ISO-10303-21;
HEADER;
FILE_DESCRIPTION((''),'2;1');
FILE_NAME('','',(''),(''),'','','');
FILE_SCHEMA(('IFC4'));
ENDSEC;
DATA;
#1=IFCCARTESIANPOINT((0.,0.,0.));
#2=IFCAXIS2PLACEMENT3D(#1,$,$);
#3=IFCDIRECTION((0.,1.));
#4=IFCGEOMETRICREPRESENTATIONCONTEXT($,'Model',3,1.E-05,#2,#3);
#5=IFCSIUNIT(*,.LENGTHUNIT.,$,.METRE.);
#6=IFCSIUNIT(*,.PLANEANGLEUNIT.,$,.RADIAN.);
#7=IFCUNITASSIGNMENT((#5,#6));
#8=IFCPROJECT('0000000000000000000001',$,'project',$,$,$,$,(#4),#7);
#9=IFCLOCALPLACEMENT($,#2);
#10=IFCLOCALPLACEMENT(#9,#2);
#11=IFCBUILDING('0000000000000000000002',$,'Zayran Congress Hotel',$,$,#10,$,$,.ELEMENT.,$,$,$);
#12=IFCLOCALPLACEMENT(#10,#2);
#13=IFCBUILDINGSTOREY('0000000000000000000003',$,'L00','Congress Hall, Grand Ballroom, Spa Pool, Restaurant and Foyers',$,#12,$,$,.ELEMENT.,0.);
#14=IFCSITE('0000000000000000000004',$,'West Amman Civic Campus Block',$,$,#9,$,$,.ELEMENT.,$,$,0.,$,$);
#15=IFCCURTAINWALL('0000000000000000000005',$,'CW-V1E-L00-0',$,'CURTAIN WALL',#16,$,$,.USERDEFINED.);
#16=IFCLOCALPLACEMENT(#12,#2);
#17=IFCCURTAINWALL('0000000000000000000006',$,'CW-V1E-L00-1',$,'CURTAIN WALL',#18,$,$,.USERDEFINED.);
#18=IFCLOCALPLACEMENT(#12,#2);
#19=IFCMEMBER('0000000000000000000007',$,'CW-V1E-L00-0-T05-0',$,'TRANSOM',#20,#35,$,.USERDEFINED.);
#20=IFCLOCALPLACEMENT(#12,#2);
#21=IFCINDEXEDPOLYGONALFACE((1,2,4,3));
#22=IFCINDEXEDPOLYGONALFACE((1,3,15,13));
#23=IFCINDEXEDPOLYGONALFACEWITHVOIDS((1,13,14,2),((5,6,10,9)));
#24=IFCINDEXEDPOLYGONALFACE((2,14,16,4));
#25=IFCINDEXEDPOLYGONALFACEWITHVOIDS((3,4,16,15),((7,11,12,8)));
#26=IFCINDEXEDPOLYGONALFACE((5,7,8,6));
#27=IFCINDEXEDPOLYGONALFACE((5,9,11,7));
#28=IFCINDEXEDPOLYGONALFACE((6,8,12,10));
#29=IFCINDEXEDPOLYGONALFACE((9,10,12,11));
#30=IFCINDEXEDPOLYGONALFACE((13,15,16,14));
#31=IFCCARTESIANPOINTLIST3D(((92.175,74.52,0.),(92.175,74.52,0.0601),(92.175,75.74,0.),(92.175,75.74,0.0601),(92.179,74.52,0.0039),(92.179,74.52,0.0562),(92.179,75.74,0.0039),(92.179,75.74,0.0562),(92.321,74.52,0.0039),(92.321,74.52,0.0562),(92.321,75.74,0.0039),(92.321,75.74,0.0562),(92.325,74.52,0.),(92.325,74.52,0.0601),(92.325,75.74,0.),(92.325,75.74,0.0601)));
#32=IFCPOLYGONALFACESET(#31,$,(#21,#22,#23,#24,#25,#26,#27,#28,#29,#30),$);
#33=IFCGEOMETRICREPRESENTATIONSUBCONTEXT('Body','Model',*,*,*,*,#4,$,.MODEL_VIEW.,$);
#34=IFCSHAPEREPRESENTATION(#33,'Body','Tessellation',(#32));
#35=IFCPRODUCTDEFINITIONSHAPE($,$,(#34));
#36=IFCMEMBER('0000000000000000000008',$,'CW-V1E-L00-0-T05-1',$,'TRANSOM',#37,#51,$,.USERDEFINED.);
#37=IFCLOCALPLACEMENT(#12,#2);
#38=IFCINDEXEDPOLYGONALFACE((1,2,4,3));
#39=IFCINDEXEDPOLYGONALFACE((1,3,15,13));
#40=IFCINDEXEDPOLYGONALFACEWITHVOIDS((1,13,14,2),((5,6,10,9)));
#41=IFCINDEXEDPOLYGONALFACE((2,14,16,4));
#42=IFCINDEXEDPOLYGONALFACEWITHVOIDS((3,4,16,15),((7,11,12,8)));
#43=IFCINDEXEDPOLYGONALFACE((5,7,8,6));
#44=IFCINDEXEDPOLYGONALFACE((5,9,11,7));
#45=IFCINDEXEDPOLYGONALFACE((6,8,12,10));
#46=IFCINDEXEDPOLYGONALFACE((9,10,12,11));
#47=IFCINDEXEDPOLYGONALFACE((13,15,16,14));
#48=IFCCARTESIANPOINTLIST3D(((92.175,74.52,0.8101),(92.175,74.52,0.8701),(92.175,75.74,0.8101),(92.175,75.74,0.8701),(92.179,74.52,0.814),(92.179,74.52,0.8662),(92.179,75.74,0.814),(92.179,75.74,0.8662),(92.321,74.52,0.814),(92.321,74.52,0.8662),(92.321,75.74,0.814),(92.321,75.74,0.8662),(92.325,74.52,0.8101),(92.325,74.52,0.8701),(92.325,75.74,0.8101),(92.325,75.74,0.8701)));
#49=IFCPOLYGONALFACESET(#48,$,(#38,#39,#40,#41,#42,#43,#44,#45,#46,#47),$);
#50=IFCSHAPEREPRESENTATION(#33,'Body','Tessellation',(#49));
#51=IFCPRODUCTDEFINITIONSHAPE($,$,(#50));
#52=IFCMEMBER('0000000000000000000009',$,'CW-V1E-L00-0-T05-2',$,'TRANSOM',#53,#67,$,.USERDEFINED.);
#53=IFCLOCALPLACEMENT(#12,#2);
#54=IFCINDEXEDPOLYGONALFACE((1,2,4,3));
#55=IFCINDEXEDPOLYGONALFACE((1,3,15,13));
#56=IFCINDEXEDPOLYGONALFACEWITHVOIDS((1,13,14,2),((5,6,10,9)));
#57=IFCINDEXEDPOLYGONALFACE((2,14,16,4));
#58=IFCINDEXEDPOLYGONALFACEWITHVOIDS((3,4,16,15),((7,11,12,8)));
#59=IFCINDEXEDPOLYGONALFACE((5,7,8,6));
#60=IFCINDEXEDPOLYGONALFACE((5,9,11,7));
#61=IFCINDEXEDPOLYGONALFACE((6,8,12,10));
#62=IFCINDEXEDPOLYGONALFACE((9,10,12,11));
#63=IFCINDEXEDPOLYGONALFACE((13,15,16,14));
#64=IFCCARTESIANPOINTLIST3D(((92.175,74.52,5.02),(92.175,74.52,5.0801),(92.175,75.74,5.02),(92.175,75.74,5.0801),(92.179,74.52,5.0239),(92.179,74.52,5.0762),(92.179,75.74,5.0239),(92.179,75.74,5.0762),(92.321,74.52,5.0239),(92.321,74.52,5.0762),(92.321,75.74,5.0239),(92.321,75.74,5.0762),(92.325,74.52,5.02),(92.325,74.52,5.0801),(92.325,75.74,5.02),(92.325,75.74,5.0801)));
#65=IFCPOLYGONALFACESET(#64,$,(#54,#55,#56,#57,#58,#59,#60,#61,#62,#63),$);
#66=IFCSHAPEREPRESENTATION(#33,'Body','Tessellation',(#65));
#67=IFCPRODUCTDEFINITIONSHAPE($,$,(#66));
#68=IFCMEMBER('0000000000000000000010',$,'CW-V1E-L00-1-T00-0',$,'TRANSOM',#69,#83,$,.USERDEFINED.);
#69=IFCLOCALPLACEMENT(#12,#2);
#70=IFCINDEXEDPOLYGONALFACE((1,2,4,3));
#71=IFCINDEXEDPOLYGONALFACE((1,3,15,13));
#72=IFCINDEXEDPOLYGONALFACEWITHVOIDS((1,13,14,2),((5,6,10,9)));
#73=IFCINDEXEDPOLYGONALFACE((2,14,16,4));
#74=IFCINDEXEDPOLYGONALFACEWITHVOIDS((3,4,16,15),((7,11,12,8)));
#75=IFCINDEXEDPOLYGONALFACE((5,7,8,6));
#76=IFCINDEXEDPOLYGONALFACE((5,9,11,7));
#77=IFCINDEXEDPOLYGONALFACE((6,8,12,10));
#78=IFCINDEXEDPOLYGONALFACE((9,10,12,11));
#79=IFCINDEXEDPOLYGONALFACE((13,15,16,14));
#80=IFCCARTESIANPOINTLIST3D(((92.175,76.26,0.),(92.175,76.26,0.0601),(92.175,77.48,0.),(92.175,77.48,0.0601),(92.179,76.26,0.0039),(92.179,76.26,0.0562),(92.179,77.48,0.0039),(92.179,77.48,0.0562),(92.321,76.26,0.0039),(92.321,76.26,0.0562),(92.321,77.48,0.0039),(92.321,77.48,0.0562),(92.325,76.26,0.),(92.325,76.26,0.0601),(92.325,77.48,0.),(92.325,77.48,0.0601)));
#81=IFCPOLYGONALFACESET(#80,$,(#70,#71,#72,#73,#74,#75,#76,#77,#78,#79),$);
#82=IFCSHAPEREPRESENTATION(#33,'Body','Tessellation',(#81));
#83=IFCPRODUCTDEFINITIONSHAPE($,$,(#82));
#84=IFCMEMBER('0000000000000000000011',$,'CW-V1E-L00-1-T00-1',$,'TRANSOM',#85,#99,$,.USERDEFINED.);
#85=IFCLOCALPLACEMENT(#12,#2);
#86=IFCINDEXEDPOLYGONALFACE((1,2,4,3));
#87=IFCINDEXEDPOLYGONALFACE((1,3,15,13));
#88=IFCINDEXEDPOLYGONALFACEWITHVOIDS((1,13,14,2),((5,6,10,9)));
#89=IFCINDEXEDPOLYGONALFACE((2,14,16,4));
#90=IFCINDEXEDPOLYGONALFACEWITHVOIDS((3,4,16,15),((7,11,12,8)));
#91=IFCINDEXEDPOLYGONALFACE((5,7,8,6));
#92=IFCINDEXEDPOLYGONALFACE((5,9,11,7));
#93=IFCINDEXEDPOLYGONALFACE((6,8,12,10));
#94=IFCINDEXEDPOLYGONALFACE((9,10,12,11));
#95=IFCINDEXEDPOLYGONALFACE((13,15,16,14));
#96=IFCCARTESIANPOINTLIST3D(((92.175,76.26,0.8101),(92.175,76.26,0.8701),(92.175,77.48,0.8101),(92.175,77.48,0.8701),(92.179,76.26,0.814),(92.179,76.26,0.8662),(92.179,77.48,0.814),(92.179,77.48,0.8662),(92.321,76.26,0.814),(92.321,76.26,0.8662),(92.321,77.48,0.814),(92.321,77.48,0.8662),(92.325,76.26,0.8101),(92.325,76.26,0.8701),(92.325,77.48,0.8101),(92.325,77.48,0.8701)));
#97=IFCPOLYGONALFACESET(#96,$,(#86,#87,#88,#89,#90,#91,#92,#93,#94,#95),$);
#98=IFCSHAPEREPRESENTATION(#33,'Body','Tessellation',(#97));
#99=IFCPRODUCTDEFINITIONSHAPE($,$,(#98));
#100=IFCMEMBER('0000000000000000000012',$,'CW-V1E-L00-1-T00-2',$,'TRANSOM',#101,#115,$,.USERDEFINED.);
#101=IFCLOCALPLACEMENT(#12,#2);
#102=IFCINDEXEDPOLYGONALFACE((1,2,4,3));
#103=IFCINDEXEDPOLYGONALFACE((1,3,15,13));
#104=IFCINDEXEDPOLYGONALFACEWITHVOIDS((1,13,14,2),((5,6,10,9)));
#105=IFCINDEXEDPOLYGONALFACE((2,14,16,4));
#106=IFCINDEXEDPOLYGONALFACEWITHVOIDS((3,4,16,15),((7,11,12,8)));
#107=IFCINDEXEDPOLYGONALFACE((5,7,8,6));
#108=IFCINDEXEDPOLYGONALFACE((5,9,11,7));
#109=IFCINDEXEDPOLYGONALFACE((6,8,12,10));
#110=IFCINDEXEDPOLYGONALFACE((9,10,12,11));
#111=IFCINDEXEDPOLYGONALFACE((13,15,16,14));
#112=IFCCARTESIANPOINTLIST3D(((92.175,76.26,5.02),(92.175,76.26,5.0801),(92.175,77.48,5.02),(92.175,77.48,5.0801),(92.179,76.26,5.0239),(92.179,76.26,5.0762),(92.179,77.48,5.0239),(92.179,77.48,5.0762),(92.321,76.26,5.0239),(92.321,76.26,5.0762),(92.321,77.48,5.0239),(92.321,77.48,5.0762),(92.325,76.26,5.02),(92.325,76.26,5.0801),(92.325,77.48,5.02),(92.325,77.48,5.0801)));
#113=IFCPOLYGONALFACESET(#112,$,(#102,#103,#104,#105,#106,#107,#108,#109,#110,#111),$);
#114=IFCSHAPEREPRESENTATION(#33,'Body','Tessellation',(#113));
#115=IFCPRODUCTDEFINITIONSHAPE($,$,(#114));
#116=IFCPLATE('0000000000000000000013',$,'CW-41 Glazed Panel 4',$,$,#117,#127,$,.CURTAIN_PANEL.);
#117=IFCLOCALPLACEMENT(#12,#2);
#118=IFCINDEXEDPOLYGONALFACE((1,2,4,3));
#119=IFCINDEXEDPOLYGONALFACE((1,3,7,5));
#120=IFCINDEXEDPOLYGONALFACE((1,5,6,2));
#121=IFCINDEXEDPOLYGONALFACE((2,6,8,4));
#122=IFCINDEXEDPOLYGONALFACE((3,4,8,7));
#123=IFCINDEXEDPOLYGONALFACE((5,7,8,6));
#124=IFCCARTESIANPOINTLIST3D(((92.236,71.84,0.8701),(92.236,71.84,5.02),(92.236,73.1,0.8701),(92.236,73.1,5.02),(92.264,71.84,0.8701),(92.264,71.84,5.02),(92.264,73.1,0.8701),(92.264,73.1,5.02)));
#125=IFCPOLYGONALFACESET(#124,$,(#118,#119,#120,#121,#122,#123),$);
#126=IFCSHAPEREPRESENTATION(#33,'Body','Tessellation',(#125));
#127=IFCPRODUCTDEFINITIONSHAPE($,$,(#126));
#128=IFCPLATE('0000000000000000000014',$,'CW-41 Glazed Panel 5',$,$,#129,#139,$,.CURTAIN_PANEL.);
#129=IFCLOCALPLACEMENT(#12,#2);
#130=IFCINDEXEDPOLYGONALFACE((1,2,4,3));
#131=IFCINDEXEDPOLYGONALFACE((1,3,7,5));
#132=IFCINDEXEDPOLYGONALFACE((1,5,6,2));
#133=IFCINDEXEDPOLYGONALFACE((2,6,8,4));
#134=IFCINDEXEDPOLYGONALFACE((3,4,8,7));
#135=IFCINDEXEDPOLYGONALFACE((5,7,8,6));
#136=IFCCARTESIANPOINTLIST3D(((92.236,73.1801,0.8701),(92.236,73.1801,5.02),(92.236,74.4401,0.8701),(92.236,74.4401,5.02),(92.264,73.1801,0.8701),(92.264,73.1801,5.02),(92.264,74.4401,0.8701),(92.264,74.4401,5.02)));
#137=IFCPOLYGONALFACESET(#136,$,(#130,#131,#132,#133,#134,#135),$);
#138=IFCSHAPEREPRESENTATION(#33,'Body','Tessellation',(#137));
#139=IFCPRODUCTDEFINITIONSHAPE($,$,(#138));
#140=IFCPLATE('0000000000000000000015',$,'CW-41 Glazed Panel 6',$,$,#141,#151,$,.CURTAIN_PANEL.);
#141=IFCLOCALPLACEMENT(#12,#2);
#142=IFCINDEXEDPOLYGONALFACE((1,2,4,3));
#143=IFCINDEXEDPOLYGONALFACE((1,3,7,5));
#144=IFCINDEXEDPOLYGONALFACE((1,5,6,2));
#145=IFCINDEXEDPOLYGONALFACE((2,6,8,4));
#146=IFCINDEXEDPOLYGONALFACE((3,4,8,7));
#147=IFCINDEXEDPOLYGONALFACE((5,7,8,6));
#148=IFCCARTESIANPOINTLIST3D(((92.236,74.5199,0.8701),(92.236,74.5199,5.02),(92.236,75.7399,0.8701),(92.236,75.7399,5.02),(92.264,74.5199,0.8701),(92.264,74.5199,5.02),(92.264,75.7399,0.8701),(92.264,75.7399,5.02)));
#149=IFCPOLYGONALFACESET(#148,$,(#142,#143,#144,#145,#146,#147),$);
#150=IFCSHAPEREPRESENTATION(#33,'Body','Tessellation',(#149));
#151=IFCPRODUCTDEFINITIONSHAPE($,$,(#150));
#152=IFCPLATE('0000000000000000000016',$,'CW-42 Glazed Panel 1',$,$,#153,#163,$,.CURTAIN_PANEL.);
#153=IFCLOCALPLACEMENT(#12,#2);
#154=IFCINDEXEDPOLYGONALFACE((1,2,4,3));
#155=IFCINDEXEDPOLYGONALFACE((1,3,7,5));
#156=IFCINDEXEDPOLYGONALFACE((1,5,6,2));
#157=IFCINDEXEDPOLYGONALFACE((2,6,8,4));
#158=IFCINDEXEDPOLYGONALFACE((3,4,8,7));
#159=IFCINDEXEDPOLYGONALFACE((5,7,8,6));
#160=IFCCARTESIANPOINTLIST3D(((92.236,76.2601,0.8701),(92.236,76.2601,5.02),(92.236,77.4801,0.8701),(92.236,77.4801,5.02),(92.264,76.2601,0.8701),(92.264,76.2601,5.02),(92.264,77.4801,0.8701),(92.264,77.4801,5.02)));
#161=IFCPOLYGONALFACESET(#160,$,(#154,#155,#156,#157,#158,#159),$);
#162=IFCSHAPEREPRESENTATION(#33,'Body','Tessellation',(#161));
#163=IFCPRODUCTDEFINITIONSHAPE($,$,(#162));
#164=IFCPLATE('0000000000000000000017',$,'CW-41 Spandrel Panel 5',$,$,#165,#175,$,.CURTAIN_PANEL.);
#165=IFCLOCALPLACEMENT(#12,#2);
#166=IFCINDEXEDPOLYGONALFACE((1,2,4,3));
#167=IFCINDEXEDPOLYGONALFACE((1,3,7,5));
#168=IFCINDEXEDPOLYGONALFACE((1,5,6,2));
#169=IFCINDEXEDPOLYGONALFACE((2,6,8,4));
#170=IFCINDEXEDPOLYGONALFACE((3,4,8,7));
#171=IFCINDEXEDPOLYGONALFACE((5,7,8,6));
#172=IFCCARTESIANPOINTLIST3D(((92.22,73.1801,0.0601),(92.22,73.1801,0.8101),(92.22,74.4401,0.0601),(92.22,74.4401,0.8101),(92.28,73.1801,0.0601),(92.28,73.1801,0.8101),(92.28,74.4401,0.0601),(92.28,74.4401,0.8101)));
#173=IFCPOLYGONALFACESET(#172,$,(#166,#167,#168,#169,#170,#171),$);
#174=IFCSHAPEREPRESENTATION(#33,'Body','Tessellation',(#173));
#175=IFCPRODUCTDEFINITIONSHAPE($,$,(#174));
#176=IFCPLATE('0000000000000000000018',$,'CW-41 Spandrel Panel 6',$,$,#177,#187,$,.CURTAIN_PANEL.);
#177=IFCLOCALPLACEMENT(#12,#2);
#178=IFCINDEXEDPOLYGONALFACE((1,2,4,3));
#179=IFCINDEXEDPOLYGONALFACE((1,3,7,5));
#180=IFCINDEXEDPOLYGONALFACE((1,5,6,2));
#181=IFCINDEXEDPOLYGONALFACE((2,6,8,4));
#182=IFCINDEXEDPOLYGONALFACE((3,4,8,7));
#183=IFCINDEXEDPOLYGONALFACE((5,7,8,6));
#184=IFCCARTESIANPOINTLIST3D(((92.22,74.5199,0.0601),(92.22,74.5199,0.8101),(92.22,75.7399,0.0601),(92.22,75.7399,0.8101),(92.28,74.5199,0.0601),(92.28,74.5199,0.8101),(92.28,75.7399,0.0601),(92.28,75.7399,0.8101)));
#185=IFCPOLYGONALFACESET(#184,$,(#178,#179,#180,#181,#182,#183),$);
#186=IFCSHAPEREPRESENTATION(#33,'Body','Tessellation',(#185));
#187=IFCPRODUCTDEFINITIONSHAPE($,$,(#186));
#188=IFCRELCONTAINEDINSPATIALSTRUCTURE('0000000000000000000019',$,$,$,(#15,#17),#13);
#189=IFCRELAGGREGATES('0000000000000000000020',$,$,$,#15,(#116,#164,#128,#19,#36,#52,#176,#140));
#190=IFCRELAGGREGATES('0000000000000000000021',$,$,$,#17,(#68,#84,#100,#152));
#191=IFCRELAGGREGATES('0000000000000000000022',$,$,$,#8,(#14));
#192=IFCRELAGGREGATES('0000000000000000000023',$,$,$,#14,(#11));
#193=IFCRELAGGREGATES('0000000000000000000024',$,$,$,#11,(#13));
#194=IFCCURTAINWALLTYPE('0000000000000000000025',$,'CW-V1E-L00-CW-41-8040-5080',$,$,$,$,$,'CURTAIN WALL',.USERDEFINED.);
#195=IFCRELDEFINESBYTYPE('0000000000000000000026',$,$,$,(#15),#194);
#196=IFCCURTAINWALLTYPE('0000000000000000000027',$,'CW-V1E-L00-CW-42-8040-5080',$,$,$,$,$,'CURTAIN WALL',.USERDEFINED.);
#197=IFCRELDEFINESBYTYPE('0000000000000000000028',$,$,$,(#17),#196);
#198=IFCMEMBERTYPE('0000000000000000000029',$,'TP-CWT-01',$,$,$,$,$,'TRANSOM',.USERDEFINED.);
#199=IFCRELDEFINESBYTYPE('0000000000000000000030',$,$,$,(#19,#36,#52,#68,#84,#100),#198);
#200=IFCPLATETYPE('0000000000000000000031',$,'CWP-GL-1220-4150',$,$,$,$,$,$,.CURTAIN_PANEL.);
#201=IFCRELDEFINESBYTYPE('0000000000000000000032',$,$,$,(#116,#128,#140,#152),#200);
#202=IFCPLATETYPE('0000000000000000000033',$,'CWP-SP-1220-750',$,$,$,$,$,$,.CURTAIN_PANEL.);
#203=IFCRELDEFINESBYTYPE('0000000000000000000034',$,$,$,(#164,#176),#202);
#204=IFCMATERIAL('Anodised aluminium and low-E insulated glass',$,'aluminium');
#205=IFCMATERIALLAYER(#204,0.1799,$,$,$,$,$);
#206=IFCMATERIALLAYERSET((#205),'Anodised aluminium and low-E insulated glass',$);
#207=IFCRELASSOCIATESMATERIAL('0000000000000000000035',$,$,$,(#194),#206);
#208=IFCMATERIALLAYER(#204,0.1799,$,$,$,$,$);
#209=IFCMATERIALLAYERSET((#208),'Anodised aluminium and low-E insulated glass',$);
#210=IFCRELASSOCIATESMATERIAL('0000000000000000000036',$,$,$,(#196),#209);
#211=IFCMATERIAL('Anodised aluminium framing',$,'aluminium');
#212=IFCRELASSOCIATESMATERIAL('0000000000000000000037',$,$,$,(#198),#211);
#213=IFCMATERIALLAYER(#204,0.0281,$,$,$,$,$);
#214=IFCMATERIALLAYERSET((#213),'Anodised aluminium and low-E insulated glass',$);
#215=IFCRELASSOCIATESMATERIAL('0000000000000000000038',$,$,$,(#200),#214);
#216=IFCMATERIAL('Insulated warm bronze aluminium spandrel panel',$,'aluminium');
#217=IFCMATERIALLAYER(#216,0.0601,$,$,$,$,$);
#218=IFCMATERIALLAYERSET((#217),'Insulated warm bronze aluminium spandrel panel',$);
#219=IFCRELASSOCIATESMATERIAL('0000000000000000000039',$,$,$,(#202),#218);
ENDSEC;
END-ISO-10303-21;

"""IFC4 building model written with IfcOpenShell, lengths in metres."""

from ifc_helpers import new_model, si_unit, direction, frame, origin, origin_2d, place, context, subcontext, project, spatial, rectangle, hollow_rectangle, extrude, material, layer, layer_set, material_profile, profile_set, type_object, element, aggregate, save


model = new_model("IFC4")

# Units and contexts
model_context = context("Model", 3, precision=1e-05, world=origin(), true_north=direction((0.0, 1.0)))
body_context = subcontext(model_context, "Body", "Model", "MODEL_VIEW")
ifc_project = project(units=[si_unit("LENGTHUNIT", "METRE"), si_unit("PLANEANGLEUNIT", "RADIAN")], contexts=[model_context])

# Site, building, storey
site_placement = place(None, origin())
site = spatial("IfcSite", under=ifc_project, at=site_placement, Name="West Amman Civic Campus Block", CompositionType="ELEMENT", RefElevation=0.0)
building_placement = place(site_placement, origin())
building = spatial("IfcBuilding", under=site, at=building_placement, Name="Zayran Congress Hotel", CompositionType="ELEMENT")
storey_placement = place(building_placement, origin())
storey = spatial("IfcBuildingStorey", under=building, at=storey_placement, Name="L00", Description="Congress Hall, Grand Ballroom, Spa Pool, Restaurant and Foyers", CompositionType="ELEMENT", Elevation=0.0)

# Curtain wall
ifc_material_1 = material(Name="Anodised aluminium and low-E insulated glass", Category="aluminium")
ifc_layer_1 = layer(ifc_material_1, 0.1799)
ifc_layer_set_1 = layer_set([ifc_layer_1], Name="Anodised aluminium and low-E insulated glass")
curtain_wall_type_1 = type_object("IfcCurtainWallType", Name="CW-V1E-L00-CW-41-8040-5080", ElementType="CURTAIN WALL", PredefinedType="USERDEFINED", material=ifc_layer_set_1)
curtain_wall_1_placement = place(storey_placement, origin())
curtain_wall_1 = element("IfcCurtainWall", 1, at=curtain_wall_1_placement, inside=storey, type_object=curtain_wall_type_1, Name="CW-V1E-L00-0", ObjectType="CURTAIN WALL", PredefinedType="USERDEFINED")
ifc_material_2 = material(Name="Anodised aluminium framing", Category="aluminium")

# Curtain wall
ifc_layer_2 = layer(ifc_material_1, 0.1799)
ifc_layer_set_2 = layer_set([ifc_layer_2], Name="Anodised aluminium and low-E insulated glass")
curtain_wall_type_2 = type_object("IfcCurtainWallType", Name="CW-V1E-L00-CW-42-8040-5080", ElementType="CURTAIN WALL", PredefinedType="USERDEFINED", material=ifc_layer_set_2)
curtain_wall_2_placement = place(storey_placement, origin())
curtain_wall_2 = element("IfcCurtainWall", 2, at=curtain_wall_2_placement, inside=storey, type_object=curtain_wall_type_2, Name="CW-V1E-L00-1", ObjectType="CURTAIN WALL", PredefinedType="USERDEFINED")

# Members
ifc_material_profile_1 = material_profile(ifc_material_2, hollow_rectangle(XDim=0.0601, YDim=0.1499, WallThickness=0.0039, at=origin_2d()), Name="RHS 150x60x4")
ifc_profile_set_1 = profile_set([ifc_material_profile_1], Name="Anodised aluminium framing")
member_type_1 = type_object("IfcMemberType", Name="TP-CWT-01", ElementType="TRANSOM", PredefinedType="USERDEFINED", material=ifc_profile_set_1)
member_1_placement = place(storey_placement, frame((92.25, 74.52, 0.03), z_axis=(0.0, 1.0, 0.0), x_axis=(0.0, 0.0, 1.0)))
member_1 = element("IfcMember", 3, at=member_1_placement, type_object=member_type_1, Name="CW-V1E-L00-0-T05-0", ObjectType="TRANSOM", PredefinedType="USERDEFINED", context=body_context, shape_type="SweptSolid", body=[
    extrude(hollow_rectangle(XDim=0.0601, YDim=0.1499, WallThickness=0.0039, at=origin_2d()), origin(), (0.0, 0.0, 1.0), 1.22),
])
member_2_placement = place(storey_placement, frame((92.25, 74.52, 0.8401), z_axis=(0.0, 1.0, 0.0), x_axis=(0.0, 0.0, 1.0)))
member_2 = element("IfcMember", 4, at=member_2_placement, type_object=member_type_1, Name="CW-V1E-L00-0-T05-1", ObjectType="TRANSOM", PredefinedType="USERDEFINED", context=body_context, shape_type="SweptSolid", body=[
    extrude(hollow_rectangle(XDim=0.0601, YDim=0.1499, WallThickness=0.0039, at=origin_2d()), origin(), (0.0, 0.0, 1.0), 1.22),
])
member_3_placement = place(storey_placement, frame((92.25, 74.52, 5.05), z_axis=(0.0, 1.0, 0.0), x_axis=(0.0, 0.0, 1.0)))
member_3 = element("IfcMember", 5, at=member_3_placement, type_object=member_type_1, Name="CW-V1E-L00-0-T05-2", ObjectType="TRANSOM", PredefinedType="USERDEFINED", context=body_context, shape_type="SweptSolid", body=[
    extrude(hollow_rectangle(XDim=0.0601, YDim=0.1499, WallThickness=0.0039, at=origin_2d()), origin(), (0.0, 0.0, 1.0), 1.22),
])
member_4_placement = place(storey_placement, frame((92.25, 76.26, 0.03), z_axis=(0.0, 1.0, 0.0), x_axis=(0.0, 0.0, 1.0)))
member_4 = element("IfcMember", 6, at=member_4_placement, type_object=member_type_1, Name="CW-V1E-L00-1-T00-0", ObjectType="TRANSOM", PredefinedType="USERDEFINED", context=body_context, shape_type="SweptSolid", body=[
    extrude(hollow_rectangle(XDim=0.0601, YDim=0.1499, WallThickness=0.0039, at=origin_2d()), origin(), (0.0, 0.0, 1.0), 1.22),
])
member_5_placement = place(storey_placement, frame((92.25, 76.26, 0.8401), z_axis=(0.0, 1.0, 0.0), x_axis=(0.0, 0.0, 1.0)))
member_5 = element("IfcMember", 7, at=member_5_placement, type_object=member_type_1, Name="CW-V1E-L00-1-T00-1", ObjectType="TRANSOM", PredefinedType="USERDEFINED", context=body_context, shape_type="SweptSolid", body=[
    extrude(hollow_rectangle(XDim=0.0601, YDim=0.1499, WallThickness=0.0039, at=origin_2d()), origin(), (0.0, 0.0, 1.0), 1.22),
])
member_6_placement = place(storey_placement, frame((92.25, 76.26, 5.05), z_axis=(0.0, 1.0, 0.0), x_axis=(0.0, 0.0, 1.0)))
member_6 = element("IfcMember", 8, at=member_6_placement, type_object=member_type_1, Name="CW-V1E-L00-1-T00-2", ObjectType="TRANSOM", PredefinedType="USERDEFINED", context=body_context, shape_type="SweptSolid", body=[
    extrude(hollow_rectangle(XDim=0.0601, YDim=0.1499, WallThickness=0.0039, at=origin_2d()), origin(), (0.0, 0.0, 1.0), 1.22),
])

# Plates
ifc_layer_3 = layer(ifc_material_1, 0.0281)
ifc_layer_set_3 = layer_set([ifc_layer_3], Name="Anodised aluminium and low-E insulated glass")
plate_type_1 = type_object("IfcPlateType", Name="CWP-GL-1220-4150", PredefinedType="CURTAIN_PANEL", material=ifc_layer_set_3)
plate_1_placement = place(storey_placement, frame((92.25, 72.47, 0.8701), z_axis=(0.0, 0.0, 1.0), x_axis=(0.0, 1.0, 0.0)))
plate_1 = element("IfcPlate", 9, at=plate_1_placement, type_object=plate_type_1, Name="CW-41 Glazed Panel 4", PredefinedType="CURTAIN_PANEL", context=body_context, shape_type="SweptSolid", body=[
    extrude(rectangle(XDim=1.26, YDim=0.0281, at=origin_2d()), origin(), (0.0, 0.0, 1.0), 4.1499),
])
plate_2_placement = place(storey_placement, frame((92.25, 73.8101, 0.8701), z_axis=(0.0, 0.0, 1.0), x_axis=(0.0, 1.0, 0.0)))
plate_2 = element("IfcPlate", 10, at=plate_2_placement, type_object=plate_type_1, Name="CW-41 Glazed Panel 5", PredefinedType="CURTAIN_PANEL", context=body_context, shape_type="SweptSolid", body=[
    extrude(rectangle(XDim=1.26, YDim=0.0281, at=origin_2d()), origin(), (0.0, 0.0, 1.0), 4.1499),
])
plate_3_placement = place(storey_placement, frame((92.25, 75.1299, 0.8701), z_axis=(0.0, 0.0, 1.0), x_axis=(0.0, 1.0, 0.0)))
plate_3 = element("IfcPlate", 11, at=plate_3_placement, type_object=plate_type_1, Name="CW-41 Glazed Panel 6", PredefinedType="CURTAIN_PANEL", context=body_context, shape_type="SweptSolid", body=[
    extrude(rectangle(XDim=1.22, YDim=0.0281, at=origin_2d()), origin(), (0.0, 0.0, 1.0), 4.1499),
])
plate_4_placement = place(storey_placement, frame((92.25, 76.8701, 0.8701), z_axis=(0.0, 0.0, 1.0), x_axis=(0.0, 1.0, 0.0)))
plate_4 = element("IfcPlate", 12, at=plate_4_placement, type_object=plate_type_1, Name="CW-42 Glazed Panel 1", PredefinedType="CURTAIN_PANEL", context=body_context, shape_type="SweptSolid", body=[
    extrude(rectangle(XDim=1.22, YDim=0.0281, at=origin_2d()), origin(), (0.0, 0.0, 1.0), 4.1499),
])
ifc_material_3 = material(Name="Insulated warm bronze aluminium spandrel panel", Category="aluminium")
ifc_layer_4 = layer(ifc_material_3, 0.0601)
ifc_layer_set_4 = layer_set([ifc_layer_4], Name="Insulated warm bronze aluminium spandrel panel")
plate_type_2 = type_object("IfcPlateType", Name="CWP-SP-1220-750", PredefinedType="CURTAIN_PANEL", material=ifc_layer_set_4)
plate_5_placement = place(storey_placement, frame((92.25, 73.8101, 0.0601), z_axis=(0.0, 0.0, 1.0), x_axis=(0.0, 1.0, 0.0)))
plate_5 = element("IfcPlate", 13, at=plate_5_placement, type_object=plate_type_2, Name="CW-41 Spandrel Panel 5", PredefinedType="CURTAIN_PANEL", context=body_context, shape_type="SweptSolid", body=[
    extrude(rectangle(XDim=1.26, YDim=0.0601, at=origin_2d()), origin(), (0.0, 0.0, 1.0), 0.75),
])
plate_6_placement = place(storey_placement, frame((92.25, 75.1299, 0.0601), z_axis=(0.0, 0.0, 1.0), x_axis=(0.0, 1.0, 0.0)))
plate_6 = element("IfcPlate", 14, at=plate_6_placement, type_object=plate_type_2, Name="CW-41 Spandrel Panel 6", PredefinedType="CURTAIN_PANEL", context=body_context, shape_type="SweptSolid", body=[
    extrude(rectangle(XDim=1.22, YDim=0.0601, at=origin_2d()), origin(), (0.0, 0.0, 1.0), 0.75),
])
aggregate(curtain_wall_1, [plate_1, plate_5, plate_2, member_1, member_2, member_3, plate_6, plate_3])
aggregate(curtain_wall_2, [member_4, member_5, member_6, plate_4])

save(model, "model.ifc")
